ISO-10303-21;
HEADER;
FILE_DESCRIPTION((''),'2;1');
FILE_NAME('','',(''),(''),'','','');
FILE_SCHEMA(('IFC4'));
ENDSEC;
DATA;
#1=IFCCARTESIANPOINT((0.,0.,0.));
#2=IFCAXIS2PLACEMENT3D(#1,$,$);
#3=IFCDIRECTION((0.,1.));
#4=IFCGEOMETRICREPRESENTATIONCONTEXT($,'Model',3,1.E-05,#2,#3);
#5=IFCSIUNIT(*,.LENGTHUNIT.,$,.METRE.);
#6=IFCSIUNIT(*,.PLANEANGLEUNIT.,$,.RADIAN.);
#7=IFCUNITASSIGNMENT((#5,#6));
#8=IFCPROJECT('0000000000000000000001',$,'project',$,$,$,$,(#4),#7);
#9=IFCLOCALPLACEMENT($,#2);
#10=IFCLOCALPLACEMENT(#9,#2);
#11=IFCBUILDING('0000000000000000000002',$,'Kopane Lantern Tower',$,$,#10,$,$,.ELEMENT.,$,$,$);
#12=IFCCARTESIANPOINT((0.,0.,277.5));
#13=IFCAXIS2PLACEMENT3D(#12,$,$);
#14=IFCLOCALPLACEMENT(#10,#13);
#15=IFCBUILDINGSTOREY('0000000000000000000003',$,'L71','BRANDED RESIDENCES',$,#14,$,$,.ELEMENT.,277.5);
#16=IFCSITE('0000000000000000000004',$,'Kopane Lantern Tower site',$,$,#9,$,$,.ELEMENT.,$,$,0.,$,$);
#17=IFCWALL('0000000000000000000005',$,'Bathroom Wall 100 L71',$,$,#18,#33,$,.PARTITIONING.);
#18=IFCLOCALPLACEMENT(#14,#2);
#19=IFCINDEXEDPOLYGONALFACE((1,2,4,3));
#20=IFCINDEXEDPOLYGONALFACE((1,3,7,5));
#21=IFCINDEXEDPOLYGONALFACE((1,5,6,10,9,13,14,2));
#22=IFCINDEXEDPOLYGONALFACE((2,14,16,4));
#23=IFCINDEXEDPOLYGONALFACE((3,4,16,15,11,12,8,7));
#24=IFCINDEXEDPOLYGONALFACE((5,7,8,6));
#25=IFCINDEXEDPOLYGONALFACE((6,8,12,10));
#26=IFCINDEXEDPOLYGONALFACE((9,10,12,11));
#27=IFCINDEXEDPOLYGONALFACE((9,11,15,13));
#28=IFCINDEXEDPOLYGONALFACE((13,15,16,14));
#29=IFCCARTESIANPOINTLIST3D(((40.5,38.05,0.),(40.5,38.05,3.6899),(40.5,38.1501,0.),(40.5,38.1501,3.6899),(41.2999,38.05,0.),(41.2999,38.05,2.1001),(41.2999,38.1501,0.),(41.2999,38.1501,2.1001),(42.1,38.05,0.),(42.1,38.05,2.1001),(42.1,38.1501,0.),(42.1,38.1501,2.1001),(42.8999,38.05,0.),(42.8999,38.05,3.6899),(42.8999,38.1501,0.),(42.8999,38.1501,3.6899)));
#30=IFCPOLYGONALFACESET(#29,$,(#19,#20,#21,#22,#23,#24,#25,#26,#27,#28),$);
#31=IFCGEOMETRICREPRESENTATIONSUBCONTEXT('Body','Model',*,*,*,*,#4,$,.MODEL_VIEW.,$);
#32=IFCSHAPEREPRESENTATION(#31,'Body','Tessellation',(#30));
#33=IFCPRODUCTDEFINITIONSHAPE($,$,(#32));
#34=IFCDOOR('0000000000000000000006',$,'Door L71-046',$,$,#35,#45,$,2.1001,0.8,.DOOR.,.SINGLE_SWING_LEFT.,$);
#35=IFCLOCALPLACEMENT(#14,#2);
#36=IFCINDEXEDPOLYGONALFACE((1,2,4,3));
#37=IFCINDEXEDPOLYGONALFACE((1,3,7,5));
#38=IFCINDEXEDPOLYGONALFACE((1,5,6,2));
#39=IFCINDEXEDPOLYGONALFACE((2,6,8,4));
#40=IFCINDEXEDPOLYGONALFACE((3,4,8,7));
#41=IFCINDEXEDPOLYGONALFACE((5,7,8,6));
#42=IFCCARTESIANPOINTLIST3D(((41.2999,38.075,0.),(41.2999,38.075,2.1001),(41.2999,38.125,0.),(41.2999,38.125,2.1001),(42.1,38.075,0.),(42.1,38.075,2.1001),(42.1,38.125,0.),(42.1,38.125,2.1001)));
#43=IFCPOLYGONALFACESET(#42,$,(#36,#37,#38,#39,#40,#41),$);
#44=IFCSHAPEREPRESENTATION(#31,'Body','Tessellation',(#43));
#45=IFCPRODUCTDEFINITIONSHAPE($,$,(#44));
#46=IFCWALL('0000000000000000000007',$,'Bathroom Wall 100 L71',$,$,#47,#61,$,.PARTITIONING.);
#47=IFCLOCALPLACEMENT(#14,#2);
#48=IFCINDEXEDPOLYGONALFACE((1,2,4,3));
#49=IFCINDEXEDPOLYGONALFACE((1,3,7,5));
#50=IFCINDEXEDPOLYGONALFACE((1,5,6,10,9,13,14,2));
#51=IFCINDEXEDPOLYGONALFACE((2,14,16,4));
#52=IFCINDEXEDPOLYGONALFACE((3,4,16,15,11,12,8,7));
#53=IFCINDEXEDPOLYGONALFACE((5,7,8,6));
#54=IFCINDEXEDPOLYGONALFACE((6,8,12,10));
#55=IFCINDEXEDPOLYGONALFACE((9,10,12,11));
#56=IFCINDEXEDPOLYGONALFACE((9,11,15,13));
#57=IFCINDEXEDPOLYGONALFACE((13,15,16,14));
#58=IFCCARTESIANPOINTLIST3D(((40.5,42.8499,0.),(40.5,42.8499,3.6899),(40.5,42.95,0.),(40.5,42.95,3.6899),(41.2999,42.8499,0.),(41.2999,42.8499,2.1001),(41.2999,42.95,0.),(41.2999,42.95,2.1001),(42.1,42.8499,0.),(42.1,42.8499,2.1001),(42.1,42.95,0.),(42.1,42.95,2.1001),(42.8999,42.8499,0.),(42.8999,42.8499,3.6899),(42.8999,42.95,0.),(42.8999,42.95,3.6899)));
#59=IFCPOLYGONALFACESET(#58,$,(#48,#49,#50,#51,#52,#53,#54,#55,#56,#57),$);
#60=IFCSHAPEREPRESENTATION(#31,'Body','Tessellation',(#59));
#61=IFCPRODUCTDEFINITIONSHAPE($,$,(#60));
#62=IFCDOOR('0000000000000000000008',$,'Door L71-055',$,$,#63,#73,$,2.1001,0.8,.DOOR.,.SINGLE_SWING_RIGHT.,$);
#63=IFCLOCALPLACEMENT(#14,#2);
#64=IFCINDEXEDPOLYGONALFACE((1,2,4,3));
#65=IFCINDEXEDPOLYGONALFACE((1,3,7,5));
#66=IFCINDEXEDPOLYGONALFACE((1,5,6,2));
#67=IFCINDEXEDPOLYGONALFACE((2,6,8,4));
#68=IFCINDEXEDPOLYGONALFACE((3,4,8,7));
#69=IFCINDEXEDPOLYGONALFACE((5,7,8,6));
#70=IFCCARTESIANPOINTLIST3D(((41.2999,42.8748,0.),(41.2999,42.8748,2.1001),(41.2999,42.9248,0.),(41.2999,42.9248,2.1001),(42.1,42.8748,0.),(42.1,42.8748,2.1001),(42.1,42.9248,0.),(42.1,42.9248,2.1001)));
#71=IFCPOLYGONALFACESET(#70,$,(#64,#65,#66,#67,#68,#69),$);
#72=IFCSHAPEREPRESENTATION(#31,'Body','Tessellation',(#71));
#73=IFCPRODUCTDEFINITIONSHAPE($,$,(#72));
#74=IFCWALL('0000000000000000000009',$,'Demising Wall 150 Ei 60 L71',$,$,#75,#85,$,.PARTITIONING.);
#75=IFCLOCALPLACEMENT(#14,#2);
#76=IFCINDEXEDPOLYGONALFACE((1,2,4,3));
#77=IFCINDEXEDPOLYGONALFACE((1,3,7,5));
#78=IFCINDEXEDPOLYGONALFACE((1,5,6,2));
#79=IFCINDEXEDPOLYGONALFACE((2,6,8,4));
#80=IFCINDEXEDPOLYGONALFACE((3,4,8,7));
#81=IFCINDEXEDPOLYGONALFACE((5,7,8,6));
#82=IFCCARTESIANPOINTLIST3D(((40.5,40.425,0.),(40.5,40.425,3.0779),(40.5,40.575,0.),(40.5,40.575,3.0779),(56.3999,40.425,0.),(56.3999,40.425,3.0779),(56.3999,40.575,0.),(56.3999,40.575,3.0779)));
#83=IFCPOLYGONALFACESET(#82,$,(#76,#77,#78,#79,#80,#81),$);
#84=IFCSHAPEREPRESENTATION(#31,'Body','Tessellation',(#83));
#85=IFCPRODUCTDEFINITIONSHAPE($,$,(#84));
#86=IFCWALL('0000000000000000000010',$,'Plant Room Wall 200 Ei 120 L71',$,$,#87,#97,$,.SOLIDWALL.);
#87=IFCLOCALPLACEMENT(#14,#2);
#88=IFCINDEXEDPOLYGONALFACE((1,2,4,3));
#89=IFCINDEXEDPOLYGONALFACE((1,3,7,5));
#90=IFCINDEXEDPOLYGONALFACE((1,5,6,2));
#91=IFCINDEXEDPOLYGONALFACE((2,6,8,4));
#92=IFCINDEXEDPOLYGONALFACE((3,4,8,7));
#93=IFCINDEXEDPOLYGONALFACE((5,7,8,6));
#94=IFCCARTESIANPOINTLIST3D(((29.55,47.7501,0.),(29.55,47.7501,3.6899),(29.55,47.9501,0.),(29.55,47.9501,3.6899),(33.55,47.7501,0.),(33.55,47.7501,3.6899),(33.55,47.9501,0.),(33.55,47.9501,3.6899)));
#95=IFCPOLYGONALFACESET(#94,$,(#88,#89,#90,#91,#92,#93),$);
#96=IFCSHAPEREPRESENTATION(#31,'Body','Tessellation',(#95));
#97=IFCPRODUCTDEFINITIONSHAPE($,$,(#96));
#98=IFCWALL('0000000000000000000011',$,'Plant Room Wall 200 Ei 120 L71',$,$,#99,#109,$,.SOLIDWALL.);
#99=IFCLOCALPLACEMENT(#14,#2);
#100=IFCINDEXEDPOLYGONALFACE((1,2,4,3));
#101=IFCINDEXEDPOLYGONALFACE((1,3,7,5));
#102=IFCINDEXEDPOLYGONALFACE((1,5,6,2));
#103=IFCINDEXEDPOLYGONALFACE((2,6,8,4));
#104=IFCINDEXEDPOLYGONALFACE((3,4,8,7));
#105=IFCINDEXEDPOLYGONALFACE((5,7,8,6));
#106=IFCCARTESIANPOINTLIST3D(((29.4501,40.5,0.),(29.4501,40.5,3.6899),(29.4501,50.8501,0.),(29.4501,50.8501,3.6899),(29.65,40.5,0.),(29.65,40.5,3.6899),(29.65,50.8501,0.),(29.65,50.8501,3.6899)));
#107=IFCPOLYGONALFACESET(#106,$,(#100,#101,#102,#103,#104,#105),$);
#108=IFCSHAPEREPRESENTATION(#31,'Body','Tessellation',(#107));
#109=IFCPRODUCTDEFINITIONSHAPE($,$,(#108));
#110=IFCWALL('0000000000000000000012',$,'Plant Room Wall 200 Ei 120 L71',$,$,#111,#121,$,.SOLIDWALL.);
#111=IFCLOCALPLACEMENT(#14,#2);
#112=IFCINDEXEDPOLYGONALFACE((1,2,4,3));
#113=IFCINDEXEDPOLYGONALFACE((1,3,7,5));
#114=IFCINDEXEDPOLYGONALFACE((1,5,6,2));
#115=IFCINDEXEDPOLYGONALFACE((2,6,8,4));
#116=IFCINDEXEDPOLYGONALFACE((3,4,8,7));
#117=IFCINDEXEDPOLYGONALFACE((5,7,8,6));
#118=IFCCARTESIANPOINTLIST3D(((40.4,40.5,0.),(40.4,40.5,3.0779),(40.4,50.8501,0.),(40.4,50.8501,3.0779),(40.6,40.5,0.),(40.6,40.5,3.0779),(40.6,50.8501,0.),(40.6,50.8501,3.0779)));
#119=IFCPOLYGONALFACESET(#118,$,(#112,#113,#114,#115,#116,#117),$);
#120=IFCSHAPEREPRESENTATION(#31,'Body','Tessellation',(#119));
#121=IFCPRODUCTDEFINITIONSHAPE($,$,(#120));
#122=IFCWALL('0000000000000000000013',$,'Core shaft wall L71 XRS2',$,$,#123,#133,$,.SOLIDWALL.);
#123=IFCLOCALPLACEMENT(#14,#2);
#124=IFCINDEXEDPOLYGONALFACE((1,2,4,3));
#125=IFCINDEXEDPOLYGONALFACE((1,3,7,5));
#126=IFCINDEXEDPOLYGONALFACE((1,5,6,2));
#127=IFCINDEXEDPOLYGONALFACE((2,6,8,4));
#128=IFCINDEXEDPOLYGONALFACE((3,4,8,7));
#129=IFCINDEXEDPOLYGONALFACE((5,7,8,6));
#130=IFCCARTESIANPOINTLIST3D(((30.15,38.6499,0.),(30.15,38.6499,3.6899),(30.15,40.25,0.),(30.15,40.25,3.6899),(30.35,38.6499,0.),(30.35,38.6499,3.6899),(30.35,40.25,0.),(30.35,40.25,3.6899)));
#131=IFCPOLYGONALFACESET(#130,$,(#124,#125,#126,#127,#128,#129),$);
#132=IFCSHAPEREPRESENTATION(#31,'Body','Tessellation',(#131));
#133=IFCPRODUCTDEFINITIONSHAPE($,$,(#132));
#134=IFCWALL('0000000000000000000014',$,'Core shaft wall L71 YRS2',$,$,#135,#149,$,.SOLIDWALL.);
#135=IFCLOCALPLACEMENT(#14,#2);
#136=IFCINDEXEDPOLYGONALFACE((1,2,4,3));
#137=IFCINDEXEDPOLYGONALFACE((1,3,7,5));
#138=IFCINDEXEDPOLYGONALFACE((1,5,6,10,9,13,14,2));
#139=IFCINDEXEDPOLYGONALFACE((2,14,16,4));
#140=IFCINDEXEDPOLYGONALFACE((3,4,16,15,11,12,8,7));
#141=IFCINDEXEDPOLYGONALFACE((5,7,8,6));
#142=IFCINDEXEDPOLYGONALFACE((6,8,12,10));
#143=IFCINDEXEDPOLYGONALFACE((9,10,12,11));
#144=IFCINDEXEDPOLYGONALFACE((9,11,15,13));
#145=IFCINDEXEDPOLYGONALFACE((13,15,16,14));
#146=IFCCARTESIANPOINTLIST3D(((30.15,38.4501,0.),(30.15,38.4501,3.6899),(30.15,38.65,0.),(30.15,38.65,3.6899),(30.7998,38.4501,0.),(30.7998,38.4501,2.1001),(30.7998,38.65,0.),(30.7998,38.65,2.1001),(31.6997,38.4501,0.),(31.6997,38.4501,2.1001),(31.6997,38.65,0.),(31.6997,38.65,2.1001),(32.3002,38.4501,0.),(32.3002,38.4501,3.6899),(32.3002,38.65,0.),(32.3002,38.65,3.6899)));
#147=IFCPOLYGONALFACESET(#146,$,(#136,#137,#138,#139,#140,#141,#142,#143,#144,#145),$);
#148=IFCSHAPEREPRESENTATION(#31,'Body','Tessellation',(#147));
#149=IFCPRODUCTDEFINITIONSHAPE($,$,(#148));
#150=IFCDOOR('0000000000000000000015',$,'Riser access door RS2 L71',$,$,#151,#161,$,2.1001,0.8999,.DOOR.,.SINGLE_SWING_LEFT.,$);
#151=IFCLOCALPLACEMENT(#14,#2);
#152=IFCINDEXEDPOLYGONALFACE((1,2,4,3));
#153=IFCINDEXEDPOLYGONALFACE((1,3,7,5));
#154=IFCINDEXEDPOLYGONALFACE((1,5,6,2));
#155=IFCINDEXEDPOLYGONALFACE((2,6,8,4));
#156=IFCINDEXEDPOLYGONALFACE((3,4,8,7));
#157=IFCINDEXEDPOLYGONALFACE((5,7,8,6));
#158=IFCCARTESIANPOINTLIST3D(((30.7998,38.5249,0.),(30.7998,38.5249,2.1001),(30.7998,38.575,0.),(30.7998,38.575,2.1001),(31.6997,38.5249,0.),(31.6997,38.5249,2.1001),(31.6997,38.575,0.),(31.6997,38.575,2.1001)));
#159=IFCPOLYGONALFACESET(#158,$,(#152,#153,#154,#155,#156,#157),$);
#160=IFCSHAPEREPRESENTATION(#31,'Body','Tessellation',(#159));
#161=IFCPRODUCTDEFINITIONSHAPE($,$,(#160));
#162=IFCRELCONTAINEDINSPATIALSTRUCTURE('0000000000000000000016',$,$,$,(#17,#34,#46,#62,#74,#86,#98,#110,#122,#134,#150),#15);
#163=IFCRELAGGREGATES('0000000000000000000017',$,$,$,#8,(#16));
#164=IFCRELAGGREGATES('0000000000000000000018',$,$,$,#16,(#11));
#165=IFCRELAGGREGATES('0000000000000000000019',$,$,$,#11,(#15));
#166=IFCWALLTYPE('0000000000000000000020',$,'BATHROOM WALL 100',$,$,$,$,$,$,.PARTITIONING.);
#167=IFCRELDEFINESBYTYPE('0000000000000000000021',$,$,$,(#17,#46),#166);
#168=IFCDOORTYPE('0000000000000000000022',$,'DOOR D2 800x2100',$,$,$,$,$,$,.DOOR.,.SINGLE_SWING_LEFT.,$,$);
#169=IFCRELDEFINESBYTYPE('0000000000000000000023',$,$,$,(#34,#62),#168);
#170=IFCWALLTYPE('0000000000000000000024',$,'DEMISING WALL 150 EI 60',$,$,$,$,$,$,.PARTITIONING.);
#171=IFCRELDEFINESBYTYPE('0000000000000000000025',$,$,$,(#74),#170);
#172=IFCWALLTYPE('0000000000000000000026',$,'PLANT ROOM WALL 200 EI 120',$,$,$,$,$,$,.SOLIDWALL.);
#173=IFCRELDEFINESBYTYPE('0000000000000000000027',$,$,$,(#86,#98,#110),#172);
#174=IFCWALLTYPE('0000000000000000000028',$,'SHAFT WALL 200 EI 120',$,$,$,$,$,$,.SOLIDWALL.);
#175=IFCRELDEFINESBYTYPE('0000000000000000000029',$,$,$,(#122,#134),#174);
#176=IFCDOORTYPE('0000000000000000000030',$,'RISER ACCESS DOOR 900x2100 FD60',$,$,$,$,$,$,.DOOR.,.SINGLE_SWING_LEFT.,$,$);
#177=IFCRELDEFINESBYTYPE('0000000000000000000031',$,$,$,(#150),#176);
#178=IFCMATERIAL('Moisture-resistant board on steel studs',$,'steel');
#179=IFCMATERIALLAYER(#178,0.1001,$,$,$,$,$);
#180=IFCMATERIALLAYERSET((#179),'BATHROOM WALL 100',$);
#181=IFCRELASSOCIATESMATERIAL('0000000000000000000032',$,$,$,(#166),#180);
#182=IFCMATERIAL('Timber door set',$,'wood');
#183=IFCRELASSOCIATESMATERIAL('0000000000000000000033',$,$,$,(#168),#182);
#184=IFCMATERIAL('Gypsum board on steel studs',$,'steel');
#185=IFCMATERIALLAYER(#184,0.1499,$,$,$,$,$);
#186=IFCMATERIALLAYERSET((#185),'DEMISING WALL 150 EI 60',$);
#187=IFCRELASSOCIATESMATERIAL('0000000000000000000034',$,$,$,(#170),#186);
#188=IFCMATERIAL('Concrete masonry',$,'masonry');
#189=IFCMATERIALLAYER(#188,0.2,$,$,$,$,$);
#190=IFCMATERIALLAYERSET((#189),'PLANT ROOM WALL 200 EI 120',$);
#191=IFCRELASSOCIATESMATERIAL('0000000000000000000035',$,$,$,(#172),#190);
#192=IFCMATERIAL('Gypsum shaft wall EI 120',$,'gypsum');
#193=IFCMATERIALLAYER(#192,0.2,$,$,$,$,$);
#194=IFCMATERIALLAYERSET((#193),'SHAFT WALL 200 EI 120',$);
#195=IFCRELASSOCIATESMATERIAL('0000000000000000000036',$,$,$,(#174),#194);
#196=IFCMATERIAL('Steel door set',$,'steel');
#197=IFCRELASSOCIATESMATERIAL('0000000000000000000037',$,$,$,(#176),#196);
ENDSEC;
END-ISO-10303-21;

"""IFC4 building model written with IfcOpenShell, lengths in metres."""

from ifc_helpers import new_model, si_unit, direction, frame, frame_2d, origin, place, context, subcontext, project, spatial, rectangle, extrude, material, layer, layer_set, type_object, element, fill, save


model = new_model("IFC4")

# Units and contexts
model_context = context("Model", 3, precision=1e-05, world=origin(), true_north=direction((0.0, 1.0)))
body_context = subcontext(model_context, "Body", "Model", "MODEL_VIEW")
ifc_project = project(units=[si_unit("LENGTHUNIT", "METRE"), si_unit("PLANEANGLEUNIT", "RADIAN")], contexts=[model_context])

# Site, building, storey
site_placement = place(None, origin())
site = spatial("IfcSite", under=ifc_project, at=site_placement, Name="Kopane Lantern Tower site", CompositionType="ELEMENT", RefElevation=0.0)
building_placement = place(site_placement, origin())
building = spatial("IfcBuilding", under=site, at=building_placement, Name="Kopane Lantern Tower", CompositionType="ELEMENT")
storey_placement = place(building_placement, frame((0.0, 0.0, 277.5)))
storey = spatial("IfcBuildingStorey", under=building, at=storey_placement, Name="L71", Description="BRANDED RESIDENCES", CompositionType="ELEMENT", Elevation=277.5)

# Walls, openings, doors
ifc_material_1 = material(Name="Moisture-resistant board on steel studs", Category="steel")
ifc_layer_1 = layer(ifc_material_1, 0.1001)
ifc_layer_set_1 = layer_set([ifc_layer_1], Name="BATHROOM WALL 100")
wall_type_1 = type_object("IfcWallType", Name="BATHROOM WALL 100", PredefinedType="PARTITIONING", material=ifc_layer_set_1)
wall_1_placement = place(storey_placement, frame((40.5, 38.1001, 0.0), z_axis=(0.0, 0.0, 1.0), x_axis=(1.0, 0.0, 0.0)))
wall_1 = element("IfcWall", 1, at=wall_1_placement, inside=storey, type_object=wall_type_1, Name="Bathroom Wall 100 L71", PredefinedType="PARTITIONING", context=body_context, shape_type="SweptSolid", body=[
    extrude(rectangle(XDim=2.3999, YDim=0.1001, at=frame_2d((1.2, 0.0))), origin(), (0.0, 0.0, 1.0), 3.6899),
])
opening_1_placement = place(wall_1_placement, frame((0.8, 0.0, 0.0)))
opening_1 = element("IfcOpeningElement", 2, at=opening_1_placement, cuts=wall_1, PredefinedType="OPENING", context=body_context, shape_type="SweptSolid", body=[
    extrude(rectangle(XDim=0.8, YDim=2.1001, at=frame_2d((0.3999, 1.05))), frame((0.0, 0.0601, 0.0), z_axis=(0.0, -1.0, 0.0), x_axis=(1.0, 0.0, 0.0)), (0.0, 0.0, 1.0), 0.1201),
])
ifc_material_2 = material(Name="Timber door set", Category="wood")
door_type_1 = type_object("IfcDoorType", Name="DOOR D2 800x2100", OperationType="SINGLE_SWING_LEFT", PredefinedType="DOOR", material=ifc_material_2)
door_1_placement = place(opening_1_placement, origin())
door_1 = element("IfcDoor", 3, at=door_1_placement, inside=storey, type_object=door_type_1, Name="Door L71-046", OperationType="SINGLE_SWING_LEFT", OverallHeight=2.1001, OverallWidth=0.8, PredefinedType="DOOR", context=body_context, shape_type="SweptSolid", body=[
    extrude(rectangle(XDim=0.8, YDim=2.1001, at=frame_2d((0.3999, 1.05))), frame((0.0, 0.0249, 0.0), z_axis=(0.0, -1.0, 0.0), x_axis=(1.0, 0.0, 0.0)), (0.0, 0.0, 1.0), 0.05),
])
fill(opening_1, door_1)
wall_2_placement = place(storey_placement, frame((40.5, 42.8999, 0.0), z_axis=(0.0, 0.0, 1.0), x_axis=(1.0, 0.0, 0.0)))
wall_2 = element("IfcWall", 4, at=wall_2_placement, inside=storey, type_object=wall_type_1, Name="Bathroom Wall 100 L71", PredefinedType="PARTITIONING", context=body_context, shape_type="SweptSolid", body=[
    extrude(rectangle(XDim=2.3999, YDim=0.1001, at=frame_2d((1.2, 0.0))), origin(), (0.0, 0.0, 1.0), 3.6899),
])
opening_2_placement = place(wall_2_placement, frame((0.8, 0.0, 0.0)))
opening_2 = element("IfcOpeningElement", 5, at=opening_2_placement, cuts=wall_2, PredefinedType="OPENING", context=body_context, shape_type="SweptSolid", body=[
    extrude(rectangle(XDim=0.8, YDim=2.1001, at=frame_2d((0.3999, 1.05))), frame((0.0, 0.0601, 0.0), z_axis=(0.0, -1.0, 0.0), x_axis=(1.0, 0.0, 0.0)), (0.0, 0.0, 1.0), 0.1201),
])
door_2_placement = place(opening_2_placement, origin())
door_2 = element("IfcDoor", 6, at=door_2_placement, inside=storey, type_object=door_type_1, Name="Door L71-055", OperationType="SINGLE_SWING_RIGHT", OverallHeight=2.1001, OverallWidth=0.8, PredefinedType="DOOR", context=body_context, shape_type="SweptSolid", body=[
    extrude(rectangle(XDim=0.8, YDim=2.1001, at=frame_2d((0.3999, 1.05))), frame((0.0, 0.0249, 0.0), z_axis=(0.0, -1.0, 0.0), x_axis=(1.0, 0.0, 0.0)), (0.0, 0.0, 1.0), 0.05),
])
fill(opening_2, door_2)

# Walls
ifc_material_3 = material(Name="Gypsum board on steel studs", Category="steel")
ifc_layer_2 = layer(ifc_material_3, 0.1499)
ifc_layer_set_2 = layer_set([ifc_layer_2], Name="DEMISING WALL 150 EI 60")
wall_type_2 = type_object("IfcWallType", Name="DEMISING WALL 150 EI 60", PredefinedType="PARTITIONING", material=ifc_layer_set_2)
wall_3_placement = place(storey_placement, frame((40.5, 40.5, 0.0), z_axis=(0.0, 0.0, 1.0), x_axis=(1.0, 0.0, 0.0)))
element("IfcWall", 7, at=wall_3_placement, inside=storey, type_object=wall_type_2, Name="Demising Wall 150 Ei 60 L71", PredefinedType="PARTITIONING", context=body_context, shape_type="SweptSolid", body=[
    extrude(rectangle(XDim=15.8999, YDim=0.1499, at=frame_2d((7.95, 0.0))), origin(), (0.0, 0.0, 1.0), 3.0779),
])
ifc_material_4 = material(Name="Concrete masonry", Category="masonry")
ifc_layer_3 = layer(ifc_material_4, 0.2)
ifc_layer_set_3 = layer_set([ifc_layer_3], Name="PLANT ROOM WALL 200 EI 120")
wall_type_3 = type_object("IfcWallType", Name="PLANT ROOM WALL 200 EI 120", PredefinedType="SOLIDWALL", material=ifc_layer_set_3)
wall_4_placement = place(storey_placement, frame((29.55, 47.8501, 0.0), z_axis=(0.0, 0.0, 1.0), x_axis=(1.0, 0.0, 0.0)))
element("IfcWall", 8, at=wall_4_placement, inside=storey, type_object=wall_type_3, Name="Plant Room Wall 200 Ei 120 L71", PredefinedType="SOLIDWALL", context=body_context, shape_type="SweptSolid", body=[
    extrude(rectangle(XDim=4.0, YDim=0.2, at=frame_2d((2.0, 0.0))), origin(), (0.0, 0.0, 1.0), 3.6899),
])
wall_5_placement = place(storey_placement, frame((29.55, 40.5, 0.0), z_axis=(0.0, 0.0, 1.0), x_axis=(0.0, 1.0, 0.0)))
element("IfcWall", 9, at=wall_5_placement, inside=storey, type_object=wall_type_3, Name="Plant Room Wall 200 Ei 120 L71", PredefinedType="SOLIDWALL", context=body_context, shape_type="SweptSolid", body=[
    extrude(rectangle(XDim=10.3501, YDim=0.2, at=frame_2d((5.175, 0.0))), origin(), (0.0, 0.0, 1.0), 3.6899),
])
wall_6_placement = place(storey_placement, frame((40.5, 40.5, 0.0), z_axis=(0.0, 0.0, 1.0), x_axis=(0.0, 1.0, 0.0)))
element("IfcWall", 10, at=wall_6_placement, inside=storey, type_object=wall_type_3, Name="Plant Room Wall 200 Ei 120 L71", PredefinedType="SOLIDWALL", context=body_context, shape_type="SweptSolid", body=[
    extrude(rectangle(XDim=10.3501, YDim=0.2, at=frame_2d((5.175, 0.0))), origin(), (0.0, 0.0, 1.0), 3.0779),
])
ifc_material_5 = material(Name="Gypsum shaft wall EI 120", Category="gypsum")
ifc_layer_4 = layer(ifc_material_5, 0.2)
ifc_layer_set_4 = layer_set([ifc_layer_4], Name="SHAFT WALL 200 EI 120")
wall_type_4 = type_object("IfcWallType", Name="SHAFT WALL 200 EI 120", PredefinedType="SOLIDWALL", material=ifc_layer_set_4)
wall_7_placement = place(storey_placement, frame((30.25, 38.6499, 0.0), z_axis=(0.0, 0.0, 1.0), x_axis=(0.0, 1.0, 0.0)))
element("IfcWall", 11, at=wall_7_placement, inside=storey, type_object=wall_type_4, Name="Core shaft wall L71 XRS2", PredefinedType="SOLIDWALL", context=body_context, shape_type="SweptSolid", body=[
    extrude(rectangle(XDim=1.6001, YDim=0.2, at=frame_2d((0.8, 0.0))), origin(), (0.0, 0.0, 1.0), 3.6899),
])

# Wall, opening, door
wall_8_placement = place(storey_placement, frame((30.1499, 38.55, 0.0), z_axis=(0.0, 0.0, 1.0), x_axis=(1.0, 0.0, 0.0)))
wall_8 = element("IfcWall", 12, at=wall_8_placement, inside=storey, type_object=wall_type_4, Name="Core shaft wall L71 YRS2", PredefinedType="SOLIDWALL", context=body_context, shape_type="SweptSolid", body=[
    extrude(rectangle(XDim=2.1501, YDim=0.2, at=frame_2d((1.0752, 0.0))), origin(), (0.0, 0.0, 1.0), 3.6899),
])
opening_3_placement = place(wall_8_placement, frame((0.6499, 0.0, 0.0)))
opening_3 = element("IfcOpeningElement", 13, at=opening_3_placement, cuts=wall_8, PredefinedType="OPENING", context=body_context, shape_type="SweptSolid", body=[
    extrude(rectangle(XDim=0.8999, YDim=2.1001, at=frame_2d((0.45, 1.05))), frame((0.0, 0.1099, 0.0), z_axis=(0.0, -1.0, 0.0), x_axis=(1.0, 0.0, 0.0)), (0.0, 0.0, 1.0), 0.22),
])
ifc_material_6 = material(Name="Steel door set", Category="steel")
door_type_2 = type_object("IfcDoorType", Name="RISER ACCESS DOOR 900x2100 FD60", OperationType="SINGLE_SWING_LEFT", PredefinedType="DOOR", material=ifc_material_6)
door_3_placement = place(opening_3_placement, origin())
door_3 = element("IfcDoor", 14, at=door_3_placement, inside=storey, type_object=door_type_2, Name="Riser access door RS2 L71", OperationType="SINGLE_SWING_LEFT", OverallHeight=2.1001, OverallWidth=0.8999, PredefinedType="DOOR", context=body_context, shape_type="SweptSolid", body=[
    extrude(rectangle(XDim=0.8999, YDim=2.1001, at=frame_2d((0.45, 1.05))), frame((0.0, 0.0249, 0.0), z_axis=(0.0, -1.0, 0.0), x_axis=(1.0, 0.0, 0.0)), (0.0, 0.0, 1.0), 0.05),
])
fill(opening_3, door_3)

save(model, "model.ifc")
